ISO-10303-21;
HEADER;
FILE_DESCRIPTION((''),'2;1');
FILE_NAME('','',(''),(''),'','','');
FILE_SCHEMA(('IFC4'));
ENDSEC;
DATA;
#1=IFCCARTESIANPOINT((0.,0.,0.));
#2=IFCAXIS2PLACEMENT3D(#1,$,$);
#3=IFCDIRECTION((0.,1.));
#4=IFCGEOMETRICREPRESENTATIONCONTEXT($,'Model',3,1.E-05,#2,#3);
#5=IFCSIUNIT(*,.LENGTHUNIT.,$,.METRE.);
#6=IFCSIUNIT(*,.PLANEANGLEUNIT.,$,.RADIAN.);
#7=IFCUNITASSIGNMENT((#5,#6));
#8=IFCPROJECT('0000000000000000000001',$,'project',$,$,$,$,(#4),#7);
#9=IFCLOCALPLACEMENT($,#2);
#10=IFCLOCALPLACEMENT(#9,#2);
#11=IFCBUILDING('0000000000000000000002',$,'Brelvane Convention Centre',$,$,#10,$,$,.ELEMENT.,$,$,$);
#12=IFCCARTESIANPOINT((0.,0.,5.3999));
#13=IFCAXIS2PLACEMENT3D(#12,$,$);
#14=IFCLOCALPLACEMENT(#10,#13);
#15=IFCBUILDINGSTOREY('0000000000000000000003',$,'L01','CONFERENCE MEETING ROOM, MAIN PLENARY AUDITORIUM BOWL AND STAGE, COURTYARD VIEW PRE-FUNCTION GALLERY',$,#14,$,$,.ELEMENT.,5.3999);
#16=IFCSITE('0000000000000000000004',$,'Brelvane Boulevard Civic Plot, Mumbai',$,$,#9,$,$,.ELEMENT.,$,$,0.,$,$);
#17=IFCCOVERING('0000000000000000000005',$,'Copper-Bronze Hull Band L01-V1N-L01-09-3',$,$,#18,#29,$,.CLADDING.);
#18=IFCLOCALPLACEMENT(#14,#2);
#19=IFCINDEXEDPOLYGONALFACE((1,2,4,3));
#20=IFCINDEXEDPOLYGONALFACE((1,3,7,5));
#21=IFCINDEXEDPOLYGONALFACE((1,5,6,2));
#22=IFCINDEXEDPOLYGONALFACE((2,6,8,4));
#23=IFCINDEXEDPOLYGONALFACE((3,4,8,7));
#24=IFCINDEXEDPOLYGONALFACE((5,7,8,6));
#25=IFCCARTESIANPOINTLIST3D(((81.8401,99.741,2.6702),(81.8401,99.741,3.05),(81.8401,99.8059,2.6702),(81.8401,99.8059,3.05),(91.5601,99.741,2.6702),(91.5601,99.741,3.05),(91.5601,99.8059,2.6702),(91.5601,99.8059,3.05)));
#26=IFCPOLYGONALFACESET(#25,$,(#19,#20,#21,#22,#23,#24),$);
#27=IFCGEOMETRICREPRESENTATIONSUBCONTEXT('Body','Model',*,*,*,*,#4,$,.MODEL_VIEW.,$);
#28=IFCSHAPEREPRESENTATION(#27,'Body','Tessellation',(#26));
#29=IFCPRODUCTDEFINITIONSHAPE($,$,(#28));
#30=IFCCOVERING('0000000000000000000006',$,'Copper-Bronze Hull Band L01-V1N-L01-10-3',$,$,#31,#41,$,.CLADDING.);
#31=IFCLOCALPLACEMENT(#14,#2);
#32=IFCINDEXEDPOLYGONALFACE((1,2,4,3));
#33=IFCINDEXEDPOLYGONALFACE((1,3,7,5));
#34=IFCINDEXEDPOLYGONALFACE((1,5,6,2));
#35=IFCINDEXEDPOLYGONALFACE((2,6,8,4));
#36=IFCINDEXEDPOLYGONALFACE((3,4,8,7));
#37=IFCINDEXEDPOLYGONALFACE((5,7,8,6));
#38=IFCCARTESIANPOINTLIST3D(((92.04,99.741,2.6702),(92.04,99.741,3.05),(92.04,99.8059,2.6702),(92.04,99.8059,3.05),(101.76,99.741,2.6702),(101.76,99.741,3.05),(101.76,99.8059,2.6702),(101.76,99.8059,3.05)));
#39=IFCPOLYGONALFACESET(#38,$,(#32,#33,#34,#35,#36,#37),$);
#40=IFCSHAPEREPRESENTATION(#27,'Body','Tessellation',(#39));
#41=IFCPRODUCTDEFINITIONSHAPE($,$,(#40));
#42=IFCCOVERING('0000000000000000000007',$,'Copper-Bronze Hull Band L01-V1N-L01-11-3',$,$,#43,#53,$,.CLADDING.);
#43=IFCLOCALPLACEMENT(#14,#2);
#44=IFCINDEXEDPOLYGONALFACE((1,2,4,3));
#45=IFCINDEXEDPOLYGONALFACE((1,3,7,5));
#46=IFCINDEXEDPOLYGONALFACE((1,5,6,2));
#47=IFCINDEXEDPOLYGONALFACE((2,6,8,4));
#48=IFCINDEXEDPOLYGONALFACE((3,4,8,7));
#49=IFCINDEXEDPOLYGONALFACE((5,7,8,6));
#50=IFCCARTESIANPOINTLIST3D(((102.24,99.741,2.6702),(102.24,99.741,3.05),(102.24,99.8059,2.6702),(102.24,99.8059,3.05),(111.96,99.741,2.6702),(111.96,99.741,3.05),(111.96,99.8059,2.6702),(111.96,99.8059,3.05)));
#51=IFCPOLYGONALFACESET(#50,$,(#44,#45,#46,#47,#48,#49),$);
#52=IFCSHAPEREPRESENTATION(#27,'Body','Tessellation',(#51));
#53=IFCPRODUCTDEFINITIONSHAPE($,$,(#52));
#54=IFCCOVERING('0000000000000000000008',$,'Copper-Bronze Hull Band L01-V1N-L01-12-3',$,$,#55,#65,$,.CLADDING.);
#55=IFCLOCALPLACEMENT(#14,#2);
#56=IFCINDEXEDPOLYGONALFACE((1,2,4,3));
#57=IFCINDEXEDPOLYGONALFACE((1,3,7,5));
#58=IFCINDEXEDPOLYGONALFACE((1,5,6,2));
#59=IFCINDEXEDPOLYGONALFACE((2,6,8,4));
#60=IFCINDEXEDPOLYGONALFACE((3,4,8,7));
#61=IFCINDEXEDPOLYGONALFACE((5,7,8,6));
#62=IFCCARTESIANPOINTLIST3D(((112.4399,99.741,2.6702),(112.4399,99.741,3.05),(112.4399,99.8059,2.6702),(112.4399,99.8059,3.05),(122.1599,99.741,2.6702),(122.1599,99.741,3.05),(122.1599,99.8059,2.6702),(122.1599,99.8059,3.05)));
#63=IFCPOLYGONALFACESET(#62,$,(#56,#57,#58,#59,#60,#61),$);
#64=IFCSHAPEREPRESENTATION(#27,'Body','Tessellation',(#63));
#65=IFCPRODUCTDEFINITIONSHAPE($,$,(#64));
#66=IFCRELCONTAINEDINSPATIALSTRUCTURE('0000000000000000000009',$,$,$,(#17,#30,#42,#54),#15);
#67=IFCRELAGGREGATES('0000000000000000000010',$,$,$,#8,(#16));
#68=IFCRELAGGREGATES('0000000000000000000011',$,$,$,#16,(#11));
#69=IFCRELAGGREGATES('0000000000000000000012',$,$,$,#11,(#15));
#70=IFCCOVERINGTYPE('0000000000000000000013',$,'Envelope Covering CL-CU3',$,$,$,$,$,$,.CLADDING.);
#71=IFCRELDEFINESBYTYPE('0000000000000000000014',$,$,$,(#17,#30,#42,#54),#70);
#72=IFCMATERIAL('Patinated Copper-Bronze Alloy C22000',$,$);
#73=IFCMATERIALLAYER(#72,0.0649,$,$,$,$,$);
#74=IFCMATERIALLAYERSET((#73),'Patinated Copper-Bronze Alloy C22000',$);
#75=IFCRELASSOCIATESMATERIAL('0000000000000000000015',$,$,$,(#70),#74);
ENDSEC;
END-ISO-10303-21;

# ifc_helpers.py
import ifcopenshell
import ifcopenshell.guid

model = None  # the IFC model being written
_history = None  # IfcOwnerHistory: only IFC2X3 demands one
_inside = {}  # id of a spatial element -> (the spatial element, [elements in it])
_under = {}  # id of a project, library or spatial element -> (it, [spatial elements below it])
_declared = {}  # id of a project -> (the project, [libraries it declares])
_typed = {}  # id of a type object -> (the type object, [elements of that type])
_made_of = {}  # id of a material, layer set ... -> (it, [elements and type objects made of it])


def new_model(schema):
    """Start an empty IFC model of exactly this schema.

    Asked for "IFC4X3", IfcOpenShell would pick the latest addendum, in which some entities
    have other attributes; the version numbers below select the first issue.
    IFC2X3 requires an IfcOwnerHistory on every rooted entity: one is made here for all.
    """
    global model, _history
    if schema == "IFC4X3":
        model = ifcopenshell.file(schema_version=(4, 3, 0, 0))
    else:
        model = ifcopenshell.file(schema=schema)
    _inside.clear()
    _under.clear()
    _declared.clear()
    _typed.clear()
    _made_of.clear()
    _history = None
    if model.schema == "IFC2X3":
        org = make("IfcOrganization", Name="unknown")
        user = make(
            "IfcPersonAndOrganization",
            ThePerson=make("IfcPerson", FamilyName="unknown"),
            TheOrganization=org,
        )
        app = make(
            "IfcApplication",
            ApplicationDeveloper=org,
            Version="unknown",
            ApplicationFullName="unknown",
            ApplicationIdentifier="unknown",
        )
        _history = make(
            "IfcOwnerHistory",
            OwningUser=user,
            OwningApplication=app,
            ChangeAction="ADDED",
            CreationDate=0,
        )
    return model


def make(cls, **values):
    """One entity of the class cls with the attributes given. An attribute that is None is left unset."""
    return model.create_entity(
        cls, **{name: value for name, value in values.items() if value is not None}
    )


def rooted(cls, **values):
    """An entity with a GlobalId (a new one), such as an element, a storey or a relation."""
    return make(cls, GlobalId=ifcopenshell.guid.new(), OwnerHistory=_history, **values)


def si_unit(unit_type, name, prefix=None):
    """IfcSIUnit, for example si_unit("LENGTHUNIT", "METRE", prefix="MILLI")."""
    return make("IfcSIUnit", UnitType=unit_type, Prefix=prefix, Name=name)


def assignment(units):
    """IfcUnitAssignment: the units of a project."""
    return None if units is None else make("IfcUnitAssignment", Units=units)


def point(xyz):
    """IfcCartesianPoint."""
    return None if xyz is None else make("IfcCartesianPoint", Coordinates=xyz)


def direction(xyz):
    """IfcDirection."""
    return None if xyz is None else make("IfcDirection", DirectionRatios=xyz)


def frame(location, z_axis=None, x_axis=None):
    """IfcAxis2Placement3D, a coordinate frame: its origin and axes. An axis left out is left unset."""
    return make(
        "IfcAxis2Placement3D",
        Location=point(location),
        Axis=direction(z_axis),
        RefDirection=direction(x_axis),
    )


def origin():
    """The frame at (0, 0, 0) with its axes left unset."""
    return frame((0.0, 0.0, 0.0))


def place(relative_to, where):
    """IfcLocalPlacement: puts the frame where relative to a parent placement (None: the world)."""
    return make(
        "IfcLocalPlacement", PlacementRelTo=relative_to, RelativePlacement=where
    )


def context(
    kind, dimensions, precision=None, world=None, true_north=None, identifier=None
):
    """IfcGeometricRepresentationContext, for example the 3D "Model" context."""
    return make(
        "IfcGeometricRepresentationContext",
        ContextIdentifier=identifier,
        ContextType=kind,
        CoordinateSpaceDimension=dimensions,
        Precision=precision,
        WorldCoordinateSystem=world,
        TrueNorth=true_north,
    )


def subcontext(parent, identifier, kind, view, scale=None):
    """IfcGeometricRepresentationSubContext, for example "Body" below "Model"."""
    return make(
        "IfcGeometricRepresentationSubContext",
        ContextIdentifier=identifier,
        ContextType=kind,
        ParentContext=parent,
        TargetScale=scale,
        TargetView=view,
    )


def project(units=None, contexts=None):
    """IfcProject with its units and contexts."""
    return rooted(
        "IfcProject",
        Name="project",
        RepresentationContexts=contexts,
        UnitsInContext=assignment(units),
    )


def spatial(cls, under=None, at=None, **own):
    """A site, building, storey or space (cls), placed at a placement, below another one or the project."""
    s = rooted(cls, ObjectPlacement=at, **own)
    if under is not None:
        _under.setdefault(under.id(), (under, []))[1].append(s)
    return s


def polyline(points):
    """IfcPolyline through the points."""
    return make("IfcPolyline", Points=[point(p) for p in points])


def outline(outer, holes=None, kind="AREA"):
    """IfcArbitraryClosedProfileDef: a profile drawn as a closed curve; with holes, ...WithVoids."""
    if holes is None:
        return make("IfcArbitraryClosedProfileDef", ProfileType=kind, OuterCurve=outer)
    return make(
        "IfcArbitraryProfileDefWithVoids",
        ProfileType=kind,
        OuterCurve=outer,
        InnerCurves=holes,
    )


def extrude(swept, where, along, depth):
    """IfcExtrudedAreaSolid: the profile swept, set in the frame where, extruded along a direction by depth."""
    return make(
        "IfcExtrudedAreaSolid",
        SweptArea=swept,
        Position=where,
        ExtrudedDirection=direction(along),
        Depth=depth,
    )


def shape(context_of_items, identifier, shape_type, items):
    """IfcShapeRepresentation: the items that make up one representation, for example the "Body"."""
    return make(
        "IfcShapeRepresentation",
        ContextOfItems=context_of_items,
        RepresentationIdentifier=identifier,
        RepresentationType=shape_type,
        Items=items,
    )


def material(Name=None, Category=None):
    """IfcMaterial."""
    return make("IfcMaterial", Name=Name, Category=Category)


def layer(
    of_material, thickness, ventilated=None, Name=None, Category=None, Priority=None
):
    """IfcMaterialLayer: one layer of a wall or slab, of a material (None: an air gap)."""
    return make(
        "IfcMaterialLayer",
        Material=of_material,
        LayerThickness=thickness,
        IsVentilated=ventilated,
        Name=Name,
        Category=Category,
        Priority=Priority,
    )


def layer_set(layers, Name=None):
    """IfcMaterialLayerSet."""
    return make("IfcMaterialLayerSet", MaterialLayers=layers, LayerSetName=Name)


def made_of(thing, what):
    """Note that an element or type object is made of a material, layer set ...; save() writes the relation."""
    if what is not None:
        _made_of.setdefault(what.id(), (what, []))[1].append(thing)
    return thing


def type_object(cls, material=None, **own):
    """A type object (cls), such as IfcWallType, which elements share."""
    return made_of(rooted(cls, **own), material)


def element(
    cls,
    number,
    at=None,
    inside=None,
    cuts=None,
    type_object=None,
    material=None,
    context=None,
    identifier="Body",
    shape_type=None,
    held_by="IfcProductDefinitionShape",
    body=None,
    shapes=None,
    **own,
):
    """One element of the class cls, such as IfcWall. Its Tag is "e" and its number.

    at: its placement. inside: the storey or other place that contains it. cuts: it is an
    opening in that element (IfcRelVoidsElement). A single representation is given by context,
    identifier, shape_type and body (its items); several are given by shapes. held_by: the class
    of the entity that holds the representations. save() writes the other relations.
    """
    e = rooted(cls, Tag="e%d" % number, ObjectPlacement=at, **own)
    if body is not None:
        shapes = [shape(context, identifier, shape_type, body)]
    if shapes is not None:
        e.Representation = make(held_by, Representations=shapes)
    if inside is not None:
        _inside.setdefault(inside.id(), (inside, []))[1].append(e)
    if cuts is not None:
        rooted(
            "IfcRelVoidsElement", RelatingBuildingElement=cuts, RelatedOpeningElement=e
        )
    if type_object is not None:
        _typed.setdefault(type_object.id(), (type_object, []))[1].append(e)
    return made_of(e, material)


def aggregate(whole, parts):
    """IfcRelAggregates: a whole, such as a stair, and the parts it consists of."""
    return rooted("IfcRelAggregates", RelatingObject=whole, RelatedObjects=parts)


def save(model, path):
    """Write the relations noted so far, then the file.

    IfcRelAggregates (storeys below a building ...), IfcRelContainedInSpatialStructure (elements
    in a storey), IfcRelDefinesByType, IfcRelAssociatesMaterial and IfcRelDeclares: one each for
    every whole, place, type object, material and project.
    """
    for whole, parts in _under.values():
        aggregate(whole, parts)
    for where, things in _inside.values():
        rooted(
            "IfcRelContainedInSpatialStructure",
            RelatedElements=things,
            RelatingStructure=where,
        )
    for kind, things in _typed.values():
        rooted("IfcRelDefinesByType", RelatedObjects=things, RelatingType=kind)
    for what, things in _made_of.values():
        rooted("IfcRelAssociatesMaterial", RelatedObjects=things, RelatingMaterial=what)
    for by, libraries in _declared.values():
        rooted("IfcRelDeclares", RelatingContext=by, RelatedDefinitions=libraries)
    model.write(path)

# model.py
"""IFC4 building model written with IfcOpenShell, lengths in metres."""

from ifc_helpers import new_model, si_unit, direction, frame, origin, place, context, subcontext, project, spatial, polyline, outline, extrude, material, layer, layer_set, type_object, element, save


model = new_model("IFC4")

# Units and contexts
model_context = context("Model", 3, precision=1e-05, world=origin(), true_north=direction((0.0, 1.0)))
body_context = subcontext(model_context, "Body", "Model", "MODEL_VIEW")
ifc_project = project(units=[si_unit("LENGTHUNIT", "METRE"), si_unit("PLANEANGLEUNIT", "RADIAN")], contexts=[model_context])

# Site, building, storey
site_placement = place(None, origin())
site = spatial("IfcSite", under=ifc_project, at=site_placement, Name="Brelvane Boulevard Civic Plot, Mumbai", CompositionType="ELEMENT", RefElevation=0.0)
building_placement = place(site_placement, origin())
building = spatial("IfcBuilding", under=site, at=building_placement, Name="Brelvane Convention Centre", CompositionType="ELEMENT")
storey_placement = place(building_placement, frame((0.0, 0.0, 5.3999)))
storey = spatial("IfcBuildingStorey", under=building, at=storey_placement, Name="L01", Description="CONFERENCE MEETING ROOM, MAIN PLENARY AUDITORIUM BOWL AND STAGE, COURTYARD VIEW PRE-FUNCTION GALLERY", CompositionType="ELEMENT", Elevation=5.3999)

# Coverings
ifc_material_1 = material(Name="Patinated Copper-Bronze Alloy C22000")
ifc_layer_1 = layer(ifc_material_1, 0.0649)
ifc_layer_set_1 = layer_set([ifc_layer_1], Name="Patinated Copper-Bronze Alloy C22000")
covering_type = type_object("IfcCoveringType", Name="Envelope Covering CL-CU3", PredefinedType="CLADDING", material=ifc_layer_set_1)
covering_1_placement = place(storey_placement, frame((0.0, 0.0, 2.6702)))
element("IfcCovering", 1, at=covering_1_placement, inside=storey, type_object=covering_type, Name="Copper-Bronze Hull Band L01-V1N-L01-09-3", PredefinedType="CLADDING", context=body_context, shape_type="SweptSolid", body=[
    extrude(outline(polyline([(81.8401, 99.741), (91.5601, 99.741), (91.5601, 99.8059), (81.8401, 99.8059), (81.8401, 99.741)])), origin(), (0.0, 0.0, 1.0), 0.3799),
])
covering_2_placement = place(storey_placement, frame((0.0, 0.0, 2.6702)))
element("IfcCovering", 2, at=covering_2_placement, inside=storey, type_object=covering_type, Name="Copper-Bronze Hull Band L01-V1N-L01-10-3", PredefinedType="CLADDING", context=body_context, shape_type="SweptSolid", body=[
    extrude(outline(polyline([(92.04, 99.741), (101.76, 99.741), (101.76, 99.8059), (92.04, 99.8059), (92.04, 99.741)])), origin(), (0.0, 0.0, 1.0), 0.3799),
])
covering_3_placement = place(storey_placement, frame((0.0, 0.0, 2.6702)))
element("IfcCovering", 3, at=covering_3_placement, inside=storey, type_object=covering_type, Name="Copper-Bronze Hull Band L01-V1N-L01-11-3", PredefinedType="CLADDING", context=body_context, shape_type="SweptSolid", body=[
    extrude(outline(polyline([(102.24, 99.741), (111.96, 99.741), (111.96, 99.8059), (102.24, 99.8059), (102.24, 99.741)])), origin(), (0.0, 0.0, 1.0), 0.3799),
])
covering_4_placement = place(storey_placement, frame((0.0, 0.0, 2.6702)))
element("IfcCovering", 4, at=covering_4_placement, inside=storey, type_object=covering_type, Name="Copper-Bronze Hull Band L01-V1N-L01-12-3", PredefinedType="CLADDING", context=body_context, shape_type="SweptSolid", body=[
    extrude(outline(polyline([(112.4399, 99.741), (122.1599, 99.741), (122.1599, 99.8059), (112.4399, 99.8059), (112.4399, 99.741)])), origin(), (0.0, 0.0, 1.0), 0.3799),
])

save(model, "model.ifc")
